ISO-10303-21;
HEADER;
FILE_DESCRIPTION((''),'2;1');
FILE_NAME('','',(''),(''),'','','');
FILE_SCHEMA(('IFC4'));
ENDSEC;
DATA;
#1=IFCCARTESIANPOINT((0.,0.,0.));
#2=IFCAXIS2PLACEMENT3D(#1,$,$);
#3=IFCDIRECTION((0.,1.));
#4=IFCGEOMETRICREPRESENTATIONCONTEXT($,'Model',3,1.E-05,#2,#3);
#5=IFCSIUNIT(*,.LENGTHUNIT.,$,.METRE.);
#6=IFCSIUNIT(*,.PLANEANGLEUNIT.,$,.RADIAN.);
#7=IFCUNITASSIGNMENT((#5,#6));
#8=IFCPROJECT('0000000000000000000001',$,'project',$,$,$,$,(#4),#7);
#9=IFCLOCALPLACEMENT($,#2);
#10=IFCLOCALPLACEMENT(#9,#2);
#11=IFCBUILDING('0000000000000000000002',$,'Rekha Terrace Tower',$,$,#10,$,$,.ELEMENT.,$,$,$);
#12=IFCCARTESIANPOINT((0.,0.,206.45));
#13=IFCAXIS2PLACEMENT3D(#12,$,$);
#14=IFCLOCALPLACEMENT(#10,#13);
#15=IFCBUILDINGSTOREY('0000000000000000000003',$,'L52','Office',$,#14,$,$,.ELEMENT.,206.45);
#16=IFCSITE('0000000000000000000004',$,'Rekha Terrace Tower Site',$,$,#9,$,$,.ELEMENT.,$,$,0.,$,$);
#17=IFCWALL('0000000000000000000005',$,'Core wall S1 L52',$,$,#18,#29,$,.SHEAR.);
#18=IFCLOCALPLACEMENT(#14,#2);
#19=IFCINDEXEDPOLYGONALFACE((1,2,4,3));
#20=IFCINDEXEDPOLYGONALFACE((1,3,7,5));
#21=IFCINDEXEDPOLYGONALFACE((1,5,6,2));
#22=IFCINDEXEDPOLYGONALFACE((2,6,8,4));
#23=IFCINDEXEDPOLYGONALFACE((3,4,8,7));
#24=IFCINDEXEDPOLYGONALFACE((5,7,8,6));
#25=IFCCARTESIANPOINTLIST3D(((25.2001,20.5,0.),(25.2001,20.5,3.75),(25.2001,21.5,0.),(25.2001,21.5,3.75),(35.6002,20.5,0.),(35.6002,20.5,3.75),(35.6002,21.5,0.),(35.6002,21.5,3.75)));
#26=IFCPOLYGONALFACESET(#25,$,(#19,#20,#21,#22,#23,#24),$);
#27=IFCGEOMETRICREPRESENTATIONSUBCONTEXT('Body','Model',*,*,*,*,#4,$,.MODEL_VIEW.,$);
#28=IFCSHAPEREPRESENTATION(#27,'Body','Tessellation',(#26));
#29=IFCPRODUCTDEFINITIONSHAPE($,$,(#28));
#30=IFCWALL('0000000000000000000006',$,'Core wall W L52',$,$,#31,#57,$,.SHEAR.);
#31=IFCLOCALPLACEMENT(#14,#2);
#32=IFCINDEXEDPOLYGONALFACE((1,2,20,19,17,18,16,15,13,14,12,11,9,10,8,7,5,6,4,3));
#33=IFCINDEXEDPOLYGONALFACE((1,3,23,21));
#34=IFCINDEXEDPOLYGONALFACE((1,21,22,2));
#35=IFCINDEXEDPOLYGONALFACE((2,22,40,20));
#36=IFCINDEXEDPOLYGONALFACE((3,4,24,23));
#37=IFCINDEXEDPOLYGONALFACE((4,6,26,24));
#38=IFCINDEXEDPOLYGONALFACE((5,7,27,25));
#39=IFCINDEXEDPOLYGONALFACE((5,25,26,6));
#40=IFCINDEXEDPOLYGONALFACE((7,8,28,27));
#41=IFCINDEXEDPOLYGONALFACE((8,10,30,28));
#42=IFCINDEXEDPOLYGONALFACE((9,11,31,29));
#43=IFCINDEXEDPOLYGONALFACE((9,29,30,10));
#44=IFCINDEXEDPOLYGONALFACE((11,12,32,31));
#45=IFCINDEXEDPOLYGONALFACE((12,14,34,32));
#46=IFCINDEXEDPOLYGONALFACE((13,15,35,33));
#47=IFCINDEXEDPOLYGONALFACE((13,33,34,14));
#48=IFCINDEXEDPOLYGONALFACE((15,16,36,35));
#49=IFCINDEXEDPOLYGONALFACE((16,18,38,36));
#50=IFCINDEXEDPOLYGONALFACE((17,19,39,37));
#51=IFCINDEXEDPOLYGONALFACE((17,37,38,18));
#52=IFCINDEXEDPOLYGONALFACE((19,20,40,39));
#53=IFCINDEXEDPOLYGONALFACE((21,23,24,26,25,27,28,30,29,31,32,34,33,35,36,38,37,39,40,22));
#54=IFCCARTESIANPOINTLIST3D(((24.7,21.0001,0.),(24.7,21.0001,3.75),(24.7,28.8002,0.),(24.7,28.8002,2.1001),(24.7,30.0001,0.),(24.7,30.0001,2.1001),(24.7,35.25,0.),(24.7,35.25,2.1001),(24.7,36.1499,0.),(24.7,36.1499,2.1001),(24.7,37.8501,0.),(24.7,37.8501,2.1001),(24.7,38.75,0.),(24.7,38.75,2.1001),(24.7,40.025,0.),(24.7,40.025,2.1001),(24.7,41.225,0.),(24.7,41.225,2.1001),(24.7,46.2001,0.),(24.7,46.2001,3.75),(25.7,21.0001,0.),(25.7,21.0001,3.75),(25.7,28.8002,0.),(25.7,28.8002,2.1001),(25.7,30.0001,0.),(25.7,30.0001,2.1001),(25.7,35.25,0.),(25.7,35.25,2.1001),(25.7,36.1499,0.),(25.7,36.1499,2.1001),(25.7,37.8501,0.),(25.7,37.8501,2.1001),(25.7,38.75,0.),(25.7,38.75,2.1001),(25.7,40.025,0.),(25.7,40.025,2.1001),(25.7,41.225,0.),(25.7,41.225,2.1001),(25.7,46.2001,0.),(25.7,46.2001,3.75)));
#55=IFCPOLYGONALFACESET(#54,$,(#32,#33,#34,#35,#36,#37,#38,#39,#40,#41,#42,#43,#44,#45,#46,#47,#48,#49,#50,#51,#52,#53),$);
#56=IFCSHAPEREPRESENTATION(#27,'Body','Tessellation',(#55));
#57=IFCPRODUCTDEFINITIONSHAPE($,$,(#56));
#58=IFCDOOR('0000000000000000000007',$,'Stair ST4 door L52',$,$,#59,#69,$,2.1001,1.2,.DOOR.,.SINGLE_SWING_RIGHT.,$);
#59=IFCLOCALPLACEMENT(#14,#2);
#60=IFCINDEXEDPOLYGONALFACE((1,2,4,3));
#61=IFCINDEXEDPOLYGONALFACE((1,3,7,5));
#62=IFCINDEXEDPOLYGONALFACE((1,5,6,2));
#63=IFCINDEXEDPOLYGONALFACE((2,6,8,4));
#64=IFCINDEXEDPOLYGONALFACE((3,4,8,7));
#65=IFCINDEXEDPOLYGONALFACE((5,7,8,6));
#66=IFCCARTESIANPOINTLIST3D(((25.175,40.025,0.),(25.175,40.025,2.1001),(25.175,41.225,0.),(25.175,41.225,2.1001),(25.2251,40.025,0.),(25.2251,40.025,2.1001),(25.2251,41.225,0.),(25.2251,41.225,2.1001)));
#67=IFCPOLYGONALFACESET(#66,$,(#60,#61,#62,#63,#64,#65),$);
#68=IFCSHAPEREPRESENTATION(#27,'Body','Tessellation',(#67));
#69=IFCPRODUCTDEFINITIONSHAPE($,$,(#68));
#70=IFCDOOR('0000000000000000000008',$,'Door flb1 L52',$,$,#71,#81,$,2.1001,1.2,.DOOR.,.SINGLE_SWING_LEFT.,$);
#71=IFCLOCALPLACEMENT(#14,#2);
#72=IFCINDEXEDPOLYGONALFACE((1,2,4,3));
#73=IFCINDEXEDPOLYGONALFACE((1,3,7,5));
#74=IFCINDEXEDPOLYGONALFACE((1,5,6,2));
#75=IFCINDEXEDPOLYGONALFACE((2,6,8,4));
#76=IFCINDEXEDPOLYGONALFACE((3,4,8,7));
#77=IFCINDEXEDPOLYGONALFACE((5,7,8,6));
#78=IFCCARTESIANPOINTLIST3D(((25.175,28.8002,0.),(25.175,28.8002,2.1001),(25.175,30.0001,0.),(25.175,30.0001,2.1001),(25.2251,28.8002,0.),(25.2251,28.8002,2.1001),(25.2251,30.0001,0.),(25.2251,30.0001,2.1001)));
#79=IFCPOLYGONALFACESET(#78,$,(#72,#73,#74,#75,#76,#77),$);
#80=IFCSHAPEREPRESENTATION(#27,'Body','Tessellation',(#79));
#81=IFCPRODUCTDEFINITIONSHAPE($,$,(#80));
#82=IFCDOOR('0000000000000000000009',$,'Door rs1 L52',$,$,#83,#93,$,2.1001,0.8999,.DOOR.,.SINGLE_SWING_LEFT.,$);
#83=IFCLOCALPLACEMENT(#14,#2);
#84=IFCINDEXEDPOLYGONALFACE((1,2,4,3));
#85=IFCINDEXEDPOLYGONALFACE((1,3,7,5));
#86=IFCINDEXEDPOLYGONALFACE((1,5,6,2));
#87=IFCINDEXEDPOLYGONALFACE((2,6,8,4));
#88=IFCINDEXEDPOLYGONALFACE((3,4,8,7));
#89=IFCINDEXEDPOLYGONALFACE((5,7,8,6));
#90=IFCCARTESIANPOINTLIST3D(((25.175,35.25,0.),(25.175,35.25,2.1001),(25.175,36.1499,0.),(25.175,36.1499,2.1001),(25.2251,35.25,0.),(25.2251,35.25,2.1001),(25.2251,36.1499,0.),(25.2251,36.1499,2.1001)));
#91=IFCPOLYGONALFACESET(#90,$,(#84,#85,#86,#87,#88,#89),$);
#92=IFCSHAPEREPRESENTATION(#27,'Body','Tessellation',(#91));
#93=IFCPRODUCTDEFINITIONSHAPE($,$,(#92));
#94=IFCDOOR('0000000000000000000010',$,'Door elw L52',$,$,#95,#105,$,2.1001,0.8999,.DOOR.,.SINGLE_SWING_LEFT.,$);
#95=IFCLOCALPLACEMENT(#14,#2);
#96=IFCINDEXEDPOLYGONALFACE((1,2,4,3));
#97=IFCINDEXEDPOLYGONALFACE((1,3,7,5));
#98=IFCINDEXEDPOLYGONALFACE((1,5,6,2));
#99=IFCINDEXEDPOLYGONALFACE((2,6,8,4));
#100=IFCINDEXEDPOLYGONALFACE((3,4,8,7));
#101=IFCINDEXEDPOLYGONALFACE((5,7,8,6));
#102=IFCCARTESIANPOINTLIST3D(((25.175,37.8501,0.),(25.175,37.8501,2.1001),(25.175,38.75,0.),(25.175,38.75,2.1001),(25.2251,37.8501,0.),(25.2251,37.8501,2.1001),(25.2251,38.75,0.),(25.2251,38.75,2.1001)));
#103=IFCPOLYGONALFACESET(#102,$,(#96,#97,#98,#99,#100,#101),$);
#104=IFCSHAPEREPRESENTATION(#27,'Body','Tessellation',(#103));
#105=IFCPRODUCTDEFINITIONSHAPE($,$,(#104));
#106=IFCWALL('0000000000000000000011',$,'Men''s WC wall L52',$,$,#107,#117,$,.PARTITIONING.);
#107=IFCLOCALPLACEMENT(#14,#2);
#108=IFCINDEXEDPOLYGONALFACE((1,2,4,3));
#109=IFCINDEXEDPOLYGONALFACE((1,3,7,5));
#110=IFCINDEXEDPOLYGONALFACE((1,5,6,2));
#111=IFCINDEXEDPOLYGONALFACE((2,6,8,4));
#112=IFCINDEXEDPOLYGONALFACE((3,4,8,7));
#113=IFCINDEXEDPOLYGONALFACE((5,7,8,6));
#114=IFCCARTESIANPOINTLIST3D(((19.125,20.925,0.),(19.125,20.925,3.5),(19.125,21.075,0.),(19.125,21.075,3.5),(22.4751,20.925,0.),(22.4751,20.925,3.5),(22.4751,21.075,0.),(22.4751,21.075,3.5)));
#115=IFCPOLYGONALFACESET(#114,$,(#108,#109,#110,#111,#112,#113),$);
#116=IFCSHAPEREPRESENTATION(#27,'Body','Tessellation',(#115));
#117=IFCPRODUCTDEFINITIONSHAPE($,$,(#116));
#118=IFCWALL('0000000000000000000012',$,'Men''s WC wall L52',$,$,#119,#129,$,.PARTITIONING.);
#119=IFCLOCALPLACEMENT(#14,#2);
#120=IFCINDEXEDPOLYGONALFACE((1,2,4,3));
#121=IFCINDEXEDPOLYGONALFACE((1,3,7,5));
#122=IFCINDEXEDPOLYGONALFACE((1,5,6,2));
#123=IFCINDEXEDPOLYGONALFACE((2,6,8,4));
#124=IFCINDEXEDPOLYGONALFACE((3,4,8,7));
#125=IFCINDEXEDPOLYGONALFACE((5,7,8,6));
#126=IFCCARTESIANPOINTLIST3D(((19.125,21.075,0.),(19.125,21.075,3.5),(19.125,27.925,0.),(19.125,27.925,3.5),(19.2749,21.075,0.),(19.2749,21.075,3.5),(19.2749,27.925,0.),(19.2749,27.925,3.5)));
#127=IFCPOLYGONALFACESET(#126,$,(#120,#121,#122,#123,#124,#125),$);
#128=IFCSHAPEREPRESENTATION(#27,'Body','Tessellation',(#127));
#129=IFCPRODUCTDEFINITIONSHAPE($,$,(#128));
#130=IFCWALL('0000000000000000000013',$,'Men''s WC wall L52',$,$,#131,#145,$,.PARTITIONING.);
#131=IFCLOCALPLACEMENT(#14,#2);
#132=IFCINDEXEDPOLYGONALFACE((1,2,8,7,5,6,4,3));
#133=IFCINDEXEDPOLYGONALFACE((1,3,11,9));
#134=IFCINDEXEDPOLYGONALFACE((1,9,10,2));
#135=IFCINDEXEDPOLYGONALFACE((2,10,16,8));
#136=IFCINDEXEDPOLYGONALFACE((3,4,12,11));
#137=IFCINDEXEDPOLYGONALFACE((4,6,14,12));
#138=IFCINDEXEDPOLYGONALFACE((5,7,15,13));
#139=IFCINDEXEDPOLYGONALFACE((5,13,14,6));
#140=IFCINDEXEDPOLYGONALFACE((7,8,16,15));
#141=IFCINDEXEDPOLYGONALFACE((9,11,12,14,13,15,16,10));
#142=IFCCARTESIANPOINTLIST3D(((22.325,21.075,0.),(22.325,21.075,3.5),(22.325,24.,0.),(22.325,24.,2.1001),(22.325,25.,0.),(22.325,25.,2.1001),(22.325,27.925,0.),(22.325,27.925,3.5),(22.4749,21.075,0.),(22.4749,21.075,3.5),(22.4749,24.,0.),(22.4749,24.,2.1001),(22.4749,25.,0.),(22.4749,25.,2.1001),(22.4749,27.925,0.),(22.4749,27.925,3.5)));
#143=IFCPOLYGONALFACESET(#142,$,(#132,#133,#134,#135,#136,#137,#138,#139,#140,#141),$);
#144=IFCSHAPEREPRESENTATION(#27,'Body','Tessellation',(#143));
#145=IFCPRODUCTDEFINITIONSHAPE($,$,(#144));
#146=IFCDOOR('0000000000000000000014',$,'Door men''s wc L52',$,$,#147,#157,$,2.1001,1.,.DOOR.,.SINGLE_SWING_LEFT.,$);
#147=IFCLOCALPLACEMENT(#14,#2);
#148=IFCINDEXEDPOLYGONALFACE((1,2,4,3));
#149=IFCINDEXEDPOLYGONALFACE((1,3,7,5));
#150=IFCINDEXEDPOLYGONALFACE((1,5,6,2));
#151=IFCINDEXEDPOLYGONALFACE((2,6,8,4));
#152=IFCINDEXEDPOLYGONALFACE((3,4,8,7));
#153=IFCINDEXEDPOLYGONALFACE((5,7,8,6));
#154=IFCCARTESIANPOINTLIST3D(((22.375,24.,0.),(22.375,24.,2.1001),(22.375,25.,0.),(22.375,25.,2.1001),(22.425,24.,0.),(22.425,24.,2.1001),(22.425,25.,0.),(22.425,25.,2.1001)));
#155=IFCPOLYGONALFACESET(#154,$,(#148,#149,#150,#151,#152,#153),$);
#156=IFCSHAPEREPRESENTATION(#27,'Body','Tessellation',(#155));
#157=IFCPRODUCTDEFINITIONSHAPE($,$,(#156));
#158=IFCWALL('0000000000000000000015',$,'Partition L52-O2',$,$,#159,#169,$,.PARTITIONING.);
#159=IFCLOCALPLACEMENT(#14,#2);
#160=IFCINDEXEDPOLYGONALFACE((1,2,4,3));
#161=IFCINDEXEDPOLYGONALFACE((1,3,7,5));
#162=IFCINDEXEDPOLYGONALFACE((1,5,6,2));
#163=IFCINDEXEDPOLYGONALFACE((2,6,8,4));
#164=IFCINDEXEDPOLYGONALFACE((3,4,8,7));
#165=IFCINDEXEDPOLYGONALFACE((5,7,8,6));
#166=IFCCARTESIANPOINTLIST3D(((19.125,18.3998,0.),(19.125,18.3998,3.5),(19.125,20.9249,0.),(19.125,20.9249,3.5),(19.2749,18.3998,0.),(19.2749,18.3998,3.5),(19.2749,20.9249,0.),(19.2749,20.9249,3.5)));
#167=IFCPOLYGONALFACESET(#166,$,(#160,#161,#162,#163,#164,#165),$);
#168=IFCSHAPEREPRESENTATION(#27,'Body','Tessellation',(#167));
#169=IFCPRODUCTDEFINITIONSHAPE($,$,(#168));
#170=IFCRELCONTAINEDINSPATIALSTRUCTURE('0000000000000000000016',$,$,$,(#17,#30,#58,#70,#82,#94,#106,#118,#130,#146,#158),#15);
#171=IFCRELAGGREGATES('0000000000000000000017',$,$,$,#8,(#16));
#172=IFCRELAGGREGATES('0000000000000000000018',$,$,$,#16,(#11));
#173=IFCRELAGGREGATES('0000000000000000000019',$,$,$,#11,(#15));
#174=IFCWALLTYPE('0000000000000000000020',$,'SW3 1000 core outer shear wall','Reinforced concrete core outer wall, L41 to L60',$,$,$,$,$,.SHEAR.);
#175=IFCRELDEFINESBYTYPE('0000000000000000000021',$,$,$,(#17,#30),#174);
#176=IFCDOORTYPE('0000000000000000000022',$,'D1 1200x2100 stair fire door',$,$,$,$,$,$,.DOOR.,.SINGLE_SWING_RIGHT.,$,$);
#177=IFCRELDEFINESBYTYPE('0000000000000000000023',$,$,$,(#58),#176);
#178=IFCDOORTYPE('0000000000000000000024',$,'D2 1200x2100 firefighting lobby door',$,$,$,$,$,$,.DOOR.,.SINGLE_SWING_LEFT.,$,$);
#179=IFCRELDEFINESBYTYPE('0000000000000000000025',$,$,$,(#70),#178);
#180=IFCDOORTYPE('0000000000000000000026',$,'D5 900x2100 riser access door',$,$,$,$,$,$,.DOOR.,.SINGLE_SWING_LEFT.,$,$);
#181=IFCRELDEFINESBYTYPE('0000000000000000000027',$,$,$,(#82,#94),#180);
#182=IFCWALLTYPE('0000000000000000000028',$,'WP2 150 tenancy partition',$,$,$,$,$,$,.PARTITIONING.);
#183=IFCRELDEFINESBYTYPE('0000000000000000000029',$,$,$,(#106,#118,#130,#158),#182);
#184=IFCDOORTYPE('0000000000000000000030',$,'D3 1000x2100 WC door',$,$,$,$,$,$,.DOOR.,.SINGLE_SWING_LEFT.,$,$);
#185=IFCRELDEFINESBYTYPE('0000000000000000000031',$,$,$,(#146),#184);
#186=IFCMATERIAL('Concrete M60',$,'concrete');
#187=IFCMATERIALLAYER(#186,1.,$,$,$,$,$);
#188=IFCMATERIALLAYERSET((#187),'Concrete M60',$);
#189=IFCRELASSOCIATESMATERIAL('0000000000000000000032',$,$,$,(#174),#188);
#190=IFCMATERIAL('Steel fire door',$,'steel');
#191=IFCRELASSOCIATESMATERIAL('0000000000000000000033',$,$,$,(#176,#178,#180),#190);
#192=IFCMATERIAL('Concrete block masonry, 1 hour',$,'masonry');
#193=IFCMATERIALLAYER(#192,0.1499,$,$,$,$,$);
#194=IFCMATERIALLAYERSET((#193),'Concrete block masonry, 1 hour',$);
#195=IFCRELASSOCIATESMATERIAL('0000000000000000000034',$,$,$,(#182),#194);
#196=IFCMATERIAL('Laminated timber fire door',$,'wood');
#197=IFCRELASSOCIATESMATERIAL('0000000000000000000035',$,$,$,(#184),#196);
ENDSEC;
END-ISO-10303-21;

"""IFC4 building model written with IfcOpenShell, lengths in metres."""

from ifc_helpers import new_model, si_unit, direction, frame, frame_2d, origin, place, context, subcontext, project, spatial, rectangle, extrude, material, layer, layer_set, type_object, element, fill, save


model = new_model("IFC4")

# Units and contexts
model_context = context("Model", 3, precision=1e-05, world=origin(), true_north=direction((0.0, 1.0)))
body_context = subcontext(model_context, "Body", "Model", "MODEL_VIEW")
ifc_project = project(units=[si_unit("LENGTHUNIT", "METRE"), si_unit("PLANEANGLEUNIT", "RADIAN")], contexts=[model_context])

# Site, building, storey
site_placement = place(None, origin())
site = spatial("IfcSite", under=ifc_project, at=site_placement, Name="Rekha Terrace Tower Site", CompositionType="ELEMENT", RefElevation=0.0)
building_placement = place(site_placement, origin())
building = spatial("IfcBuilding", under=site, at=building_placement, Name="Rekha Terrace Tower", CompositionType="ELEMENT")
storey_placement = place(building_placement, frame((0.0, 0.0, 206.45)))
storey = spatial("IfcBuildingStorey", under=building, at=storey_placement, Name="L52", Description="Office", CompositionType="ELEMENT", Elevation=206.45)

# Wall
ifc_material_1 = material(Name="Concrete M60", Category="concrete")
ifc_layer_1 = layer(ifc_material_1, 1.0)
ifc_layer_set_1 = layer_set([ifc_layer_1], Name="Concrete M60")
wall_type_1 = type_object("IfcWallType", Name="SW3 1000 core outer shear wall", Description="Reinforced concrete core outer wall, L41 to L60", PredefinedType="SHEAR", material=ifc_layer_set_1)
wall_1_placement = place(storey_placement, frame((25.2, 21.0, 0.0), z_axis=(0.0, 0.0, 1.0), x_axis=(1.0, 0.0, 0.0)))
element("IfcWall", 1, at=wall_1_placement, inside=storey, type_object=wall_type_1, Name="Core wall S1 L52", PredefinedType="SHEAR", context=body_context, shape_type="SweptSolid", body=[
    extrude(rectangle(XDim=10.4001, YDim=1.0, at=frame_2d((5.2002, 0.0))), origin(), (0.0, 0.0, 1.0), 3.75),
])

# Wall, openings, doors
wall_2_placement = place(storey_placement, frame((25.2, 21.0, 0.0), z_axis=(0.0, 0.0, 1.0), x_axis=(0.0, 1.0, 0.0)))
wall_2 = element("IfcWall", 2, at=wall_2_placement, inside=storey, type_object=wall_type_1, Name="Core wall W L52", PredefinedType="SHEAR", context=body_context, shape_type="SweptSolid", body=[
    extrude(rectangle(XDim=25.2, YDim=1.0, at=frame_2d((12.6001, 0.0))), origin(), (0.0, 0.0, 1.0), 3.75),
])
opening_1_placement = place(wall_2_placement, frame((7.8, 0.0, 0.0)))
opening_1 = element("IfcOpeningElement", 3, at=opening_1_placement, cuts=wall_2, PredefinedType="OPENING", context=body_context, shape_type="SweptSolid", body=[
    extrude(rectangle(XDim=1.2, YDim=2.1001, at=frame_2d((0.6001, 1.05))), frame((0.0, 0.51, 0.0), z_axis=(0.0, -1.0, 0.0), x_axis=(1.0, 0.0, 0.0)), (0.0, 0.0, 1.0), 1.02),
])
opening_2_placement = place(wall_2_placement, frame((14.25, 0.0, 0.0)))
opening_2 = element("IfcOpeningElement", 4, at=opening_2_placement, cuts=wall_2, PredefinedType="OPENING", context=body_context, shape_type="SweptSolid", body=[
    extrude(rectangle(XDim=0.8999, YDim=2.1001, at=frame_2d((0.45, 1.05))), frame((0.0, 0.51, 0.0), z_axis=(0.0, -1.0, 0.0), x_axis=(1.0, 0.0, 0.0)), (0.0, 0.0, 1.0), 1.02),
])
opening_3_placement = place(wall_2_placement, frame((16.8501, 0.0, 0.0)))
opening_3 = element("IfcOpeningElement", 5, at=opening_3_placement, cuts=wall_2, PredefinedType="OPENING", context=body_context, shape_type="SweptSolid", body=[
    extrude(rectangle(XDim=0.8999, YDim=2.1001, at=frame_2d((0.45, 1.05))), frame((0.0, 0.51, 0.0), z_axis=(0.0, -1.0, 0.0), x_axis=(1.0, 0.0, 0.0)), (0.0, 0.0, 1.0), 1.02),
])
opening_4_placement = place(wall_2_placement, frame((19.0249, 0.0, 0.0)))
opening_4 = element("IfcOpeningElement", 6, at=opening_4_placement, cuts=wall_2, PredefinedType="OPENING", context=body_context, shape_type="SweptSolid", body=[
    extrude(rectangle(XDim=1.2, YDim=2.1001, at=frame_2d((0.6001, 1.05))), frame((0.0, 0.51, 0.0), z_axis=(0.0, -1.0, 0.0), x_axis=(1.0, 0.0, 0.0)), (0.0, 0.0, 1.0), 1.02),
])
ifc_material_2 = material(Name="Steel fire door", Category="steel")
door_type_1 = type_object("IfcDoorType", Name="D1 1200x2100 stair fire door", OperationType="SINGLE_SWING_RIGHT", PredefinedType="DOOR", material=ifc_material_2)
door_1_placement = place(opening_4_placement, origin())
door_1 = element("IfcDoor", 7, at=door_1_placement, inside=storey, type_object=door_type_1, Name="Stair ST4 door L52", OperationType="SINGLE_SWING_RIGHT", OverallHeight=2.1001, OverallWidth=1.2, PredefinedType="DOOR", context=body_context, shape_type="SweptSolid", body=[
    extrude(rectangle(XDim=1.2, YDim=2.1001, at=frame_2d((0.6001, 1.05))), frame((0.0, 0.0249, 0.0), z_axis=(0.0, -1.0, 0.0), x_axis=(1.0, 0.0, 0.0)), (0.0, 0.0, 1.0), 0.05),
])
fill(opening_4, door_1)
door_type_2 = type_object("IfcDoorType", Name="D2 1200x2100 firefighting lobby door", OperationType="SINGLE_SWING_LEFT", PredefinedType="DOOR", material=ifc_material_2)
door_2_placement = place(opening_1_placement, origin())
door_2 = element("IfcDoor", 8, at=door_2_placement, inside=storey, type_object=door_type_2, Name="Door flb1 L52", OperationType="SINGLE_SWING_LEFT", OverallHeight=2.1001, OverallWidth=1.2, PredefinedType="DOOR", context=body_context, shape_type="SweptSolid", body=[
    extrude(rectangle(XDim=1.2, YDim=2.1001, at=frame_2d((0.6001, 1.05))), frame((0.0, 0.0249, 0.0), z_axis=(0.0, -1.0, 0.0), x_axis=(1.0, 0.0, 0.0)), (0.0, 0.0, 1.0), 0.05),
])
fill(opening_1, door_2)
door_type_3 = type_object("IfcDoorType", Name="D5 900x2100 riser access door", OperationType="SINGLE_SWING_LEFT", PredefinedType="DOOR", material=ifc_material_2)
door_3_placement = place(opening_2_placement, origin())
door_3 = element("IfcDoor", 9, at=door_3_placement, inside=storey, type_object=door_type_3, Name="Door rs1 L52", OperationType="SINGLE_SWING_LEFT", OverallHeight=2.1001, OverallWidth=0.8999, PredefinedType="DOOR", context=body_context, shape_type="SweptSolid", body=[
    extrude(rectangle(XDim=0.8999, YDim=2.1001, at=frame_2d((0.45, 1.05))), frame((0.0, 0.0249, 0.0), z_axis=(0.0, -1.0, 0.0), x_axis=(1.0, 0.0, 0.0)), (0.0, 0.0, 1.0), 0.05),
])
fill(opening_2, door_3)
door_4_placement = place(opening_3_placement, origin())
door_4 = element("IfcDoor", 10, at=door_4_placement, inside=storey, type_object=door_type_3, Name="Door elw L52", OperationType="SINGLE_SWING_LEFT", OverallHeight=2.1001, OverallWidth=0.8999, PredefinedType="DOOR", context=body_context, shape_type="SweptSolid", body=[
    extrude(rectangle(XDim=0.8999, YDim=2.1001, at=frame_2d((0.45, 1.05))), frame((0.0, 0.0249, 0.0), z_axis=(0.0, -1.0, 0.0), x_axis=(1.0, 0.0, 0.0)), (0.0, 0.0, 1.0), 0.05),
])
fill(opening_3, door_4)

# Walls
ifc_material_3 = material(Name="Concrete block masonry, 1 hour", Category="masonry")
ifc_layer_2 = layer(ifc_material_3, 0.1499)
ifc_layer_set_2 = layer_set([ifc_layer_2], Name="Concrete block masonry, 1 hour")
wall_type_2 = type_object("IfcWallType", Name="WP2 150 tenancy partition", PredefinedType="PARTITIONING", material=ifc_layer_set_2)
wall_3_placement = place(storey_placement, frame((19.125, 21.0, 0.0), z_axis=(0.0, 0.0, 1.0), x_axis=(1.0, 0.0, 0.0)))
element("IfcWall", 11, at=wall_3_placement, inside=storey, type_object=wall_type_2, Name="Men's WC wall L52", PredefinedType="PARTITIONING", context=body_context, shape_type="SweptSolid", body=[
    extrude(rectangle(XDim=3.3501, YDim=0.1499, at=frame_2d((1.675, 0.0))), origin(), (0.0, 0.0, 1.0), 3.5),
])
wall_4_placement = place(storey_placement, frame((19.2, 21.075, 0.0), z_axis=(0.0, 0.0, 1.0), x_axis=(0.0, 1.0, 0.0)))
element("IfcWall", 12, at=wall_4_placement, inside=storey, type_object=wall_type_2, Name="Men's WC wall L52", PredefinedType="PARTITIONING", context=body_context, shape_type="SweptSolid", body=[
    extrude(rectangle(XDim=6.8501, YDim=0.1499, at=frame_2d((3.425, 0.0))), origin(), (0.0, 0.0, 1.0), 3.5),
])

# Wall, opening, door
wall_5_placement = place(storey_placement, frame((22.3999, 21.075, 0.0), z_axis=(0.0, 0.0, 1.0), x_axis=(0.0, 1.0, 0.0)))
wall_5 = element("IfcWall", 13, at=wall_5_placement, inside=storey, type_object=wall_type_2, Name="Men's WC wall L52", PredefinedType="PARTITIONING", context=body_context, shape_type="SweptSolid", body=[
    extrude(rectangle(XDim=6.8501, YDim=0.1499, at=frame_2d((3.425, 0.0))), origin(), (0.0, 0.0, 1.0), 3.5),
])
opening_5_placement = place(wall_5_placement, frame((2.925, 0.0, 0.0)))
opening_5 = element("IfcOpeningElement", 14, at=opening_5_placement, cuts=wall_5, PredefinedType="OPENING", context=body_context, shape_type="SweptSolid", body=[
    extrude(rectangle(XDim=1.0, YDim=2.1001, at=frame_2d((0.5, 1.05))), frame((0.0, 0.085, 0.0), z_axis=(0.0, -1.0, 0.0), x_axis=(1.0, 0.0, 0.0)), (0.0, 0.0, 1.0), 0.1699),
])
ifc_material_4 = material(Name="Laminated timber fire door", Category="wood")
door_type_4 = type_object("IfcDoorType", Name="D3 1000x2100 WC door", OperationType="SINGLE_SWING_LEFT", PredefinedType="DOOR", material=ifc_material_4)
door_5_placement = place(opening_5_placement, origin())
door_5 = element("IfcDoor", 15, at=door_5_placement, inside=storey, type_object=door_type_4, Name="Door men's wc L52", OperationType="SINGLE_SWING_LEFT", OverallHeight=2.1001, OverallWidth=1.0, PredefinedType="DOOR", context=body_context, shape_type="SweptSolid", body=[
    extrude(rectangle(XDim=1.0, YDim=2.1001, at=frame_2d((0.5, 1.05))), frame((0.0, 0.0249, 0.0), z_axis=(0.0, -1.0, 0.0), x_axis=(1.0, 0.0, 0.0)), (0.0, 0.0, 1.0), 0.05),
])
fill(opening_5, door_5)

# Wall
wall_6_placement = place(storey_placement, frame((19.2, 20.925, 0.0), z_axis=(0.0, 0.0, 1.0), x_axis=(0.0, -1.0, 0.0)))
element("IfcWall", 16, at=wall_6_placement, inside=storey, type_object=wall_type_2, Name="Partition L52-O2", PredefinedType="PARTITIONING", context=body_context, shape_type="SweptSolid", body=[
    extrude(rectangle(XDim=2.5251, YDim=0.1499, at=frame_2d((1.2627, 0.0))), origin(), (0.0, 0.0, 1.0), 3.5),
])

save(model, "model.ifc")
